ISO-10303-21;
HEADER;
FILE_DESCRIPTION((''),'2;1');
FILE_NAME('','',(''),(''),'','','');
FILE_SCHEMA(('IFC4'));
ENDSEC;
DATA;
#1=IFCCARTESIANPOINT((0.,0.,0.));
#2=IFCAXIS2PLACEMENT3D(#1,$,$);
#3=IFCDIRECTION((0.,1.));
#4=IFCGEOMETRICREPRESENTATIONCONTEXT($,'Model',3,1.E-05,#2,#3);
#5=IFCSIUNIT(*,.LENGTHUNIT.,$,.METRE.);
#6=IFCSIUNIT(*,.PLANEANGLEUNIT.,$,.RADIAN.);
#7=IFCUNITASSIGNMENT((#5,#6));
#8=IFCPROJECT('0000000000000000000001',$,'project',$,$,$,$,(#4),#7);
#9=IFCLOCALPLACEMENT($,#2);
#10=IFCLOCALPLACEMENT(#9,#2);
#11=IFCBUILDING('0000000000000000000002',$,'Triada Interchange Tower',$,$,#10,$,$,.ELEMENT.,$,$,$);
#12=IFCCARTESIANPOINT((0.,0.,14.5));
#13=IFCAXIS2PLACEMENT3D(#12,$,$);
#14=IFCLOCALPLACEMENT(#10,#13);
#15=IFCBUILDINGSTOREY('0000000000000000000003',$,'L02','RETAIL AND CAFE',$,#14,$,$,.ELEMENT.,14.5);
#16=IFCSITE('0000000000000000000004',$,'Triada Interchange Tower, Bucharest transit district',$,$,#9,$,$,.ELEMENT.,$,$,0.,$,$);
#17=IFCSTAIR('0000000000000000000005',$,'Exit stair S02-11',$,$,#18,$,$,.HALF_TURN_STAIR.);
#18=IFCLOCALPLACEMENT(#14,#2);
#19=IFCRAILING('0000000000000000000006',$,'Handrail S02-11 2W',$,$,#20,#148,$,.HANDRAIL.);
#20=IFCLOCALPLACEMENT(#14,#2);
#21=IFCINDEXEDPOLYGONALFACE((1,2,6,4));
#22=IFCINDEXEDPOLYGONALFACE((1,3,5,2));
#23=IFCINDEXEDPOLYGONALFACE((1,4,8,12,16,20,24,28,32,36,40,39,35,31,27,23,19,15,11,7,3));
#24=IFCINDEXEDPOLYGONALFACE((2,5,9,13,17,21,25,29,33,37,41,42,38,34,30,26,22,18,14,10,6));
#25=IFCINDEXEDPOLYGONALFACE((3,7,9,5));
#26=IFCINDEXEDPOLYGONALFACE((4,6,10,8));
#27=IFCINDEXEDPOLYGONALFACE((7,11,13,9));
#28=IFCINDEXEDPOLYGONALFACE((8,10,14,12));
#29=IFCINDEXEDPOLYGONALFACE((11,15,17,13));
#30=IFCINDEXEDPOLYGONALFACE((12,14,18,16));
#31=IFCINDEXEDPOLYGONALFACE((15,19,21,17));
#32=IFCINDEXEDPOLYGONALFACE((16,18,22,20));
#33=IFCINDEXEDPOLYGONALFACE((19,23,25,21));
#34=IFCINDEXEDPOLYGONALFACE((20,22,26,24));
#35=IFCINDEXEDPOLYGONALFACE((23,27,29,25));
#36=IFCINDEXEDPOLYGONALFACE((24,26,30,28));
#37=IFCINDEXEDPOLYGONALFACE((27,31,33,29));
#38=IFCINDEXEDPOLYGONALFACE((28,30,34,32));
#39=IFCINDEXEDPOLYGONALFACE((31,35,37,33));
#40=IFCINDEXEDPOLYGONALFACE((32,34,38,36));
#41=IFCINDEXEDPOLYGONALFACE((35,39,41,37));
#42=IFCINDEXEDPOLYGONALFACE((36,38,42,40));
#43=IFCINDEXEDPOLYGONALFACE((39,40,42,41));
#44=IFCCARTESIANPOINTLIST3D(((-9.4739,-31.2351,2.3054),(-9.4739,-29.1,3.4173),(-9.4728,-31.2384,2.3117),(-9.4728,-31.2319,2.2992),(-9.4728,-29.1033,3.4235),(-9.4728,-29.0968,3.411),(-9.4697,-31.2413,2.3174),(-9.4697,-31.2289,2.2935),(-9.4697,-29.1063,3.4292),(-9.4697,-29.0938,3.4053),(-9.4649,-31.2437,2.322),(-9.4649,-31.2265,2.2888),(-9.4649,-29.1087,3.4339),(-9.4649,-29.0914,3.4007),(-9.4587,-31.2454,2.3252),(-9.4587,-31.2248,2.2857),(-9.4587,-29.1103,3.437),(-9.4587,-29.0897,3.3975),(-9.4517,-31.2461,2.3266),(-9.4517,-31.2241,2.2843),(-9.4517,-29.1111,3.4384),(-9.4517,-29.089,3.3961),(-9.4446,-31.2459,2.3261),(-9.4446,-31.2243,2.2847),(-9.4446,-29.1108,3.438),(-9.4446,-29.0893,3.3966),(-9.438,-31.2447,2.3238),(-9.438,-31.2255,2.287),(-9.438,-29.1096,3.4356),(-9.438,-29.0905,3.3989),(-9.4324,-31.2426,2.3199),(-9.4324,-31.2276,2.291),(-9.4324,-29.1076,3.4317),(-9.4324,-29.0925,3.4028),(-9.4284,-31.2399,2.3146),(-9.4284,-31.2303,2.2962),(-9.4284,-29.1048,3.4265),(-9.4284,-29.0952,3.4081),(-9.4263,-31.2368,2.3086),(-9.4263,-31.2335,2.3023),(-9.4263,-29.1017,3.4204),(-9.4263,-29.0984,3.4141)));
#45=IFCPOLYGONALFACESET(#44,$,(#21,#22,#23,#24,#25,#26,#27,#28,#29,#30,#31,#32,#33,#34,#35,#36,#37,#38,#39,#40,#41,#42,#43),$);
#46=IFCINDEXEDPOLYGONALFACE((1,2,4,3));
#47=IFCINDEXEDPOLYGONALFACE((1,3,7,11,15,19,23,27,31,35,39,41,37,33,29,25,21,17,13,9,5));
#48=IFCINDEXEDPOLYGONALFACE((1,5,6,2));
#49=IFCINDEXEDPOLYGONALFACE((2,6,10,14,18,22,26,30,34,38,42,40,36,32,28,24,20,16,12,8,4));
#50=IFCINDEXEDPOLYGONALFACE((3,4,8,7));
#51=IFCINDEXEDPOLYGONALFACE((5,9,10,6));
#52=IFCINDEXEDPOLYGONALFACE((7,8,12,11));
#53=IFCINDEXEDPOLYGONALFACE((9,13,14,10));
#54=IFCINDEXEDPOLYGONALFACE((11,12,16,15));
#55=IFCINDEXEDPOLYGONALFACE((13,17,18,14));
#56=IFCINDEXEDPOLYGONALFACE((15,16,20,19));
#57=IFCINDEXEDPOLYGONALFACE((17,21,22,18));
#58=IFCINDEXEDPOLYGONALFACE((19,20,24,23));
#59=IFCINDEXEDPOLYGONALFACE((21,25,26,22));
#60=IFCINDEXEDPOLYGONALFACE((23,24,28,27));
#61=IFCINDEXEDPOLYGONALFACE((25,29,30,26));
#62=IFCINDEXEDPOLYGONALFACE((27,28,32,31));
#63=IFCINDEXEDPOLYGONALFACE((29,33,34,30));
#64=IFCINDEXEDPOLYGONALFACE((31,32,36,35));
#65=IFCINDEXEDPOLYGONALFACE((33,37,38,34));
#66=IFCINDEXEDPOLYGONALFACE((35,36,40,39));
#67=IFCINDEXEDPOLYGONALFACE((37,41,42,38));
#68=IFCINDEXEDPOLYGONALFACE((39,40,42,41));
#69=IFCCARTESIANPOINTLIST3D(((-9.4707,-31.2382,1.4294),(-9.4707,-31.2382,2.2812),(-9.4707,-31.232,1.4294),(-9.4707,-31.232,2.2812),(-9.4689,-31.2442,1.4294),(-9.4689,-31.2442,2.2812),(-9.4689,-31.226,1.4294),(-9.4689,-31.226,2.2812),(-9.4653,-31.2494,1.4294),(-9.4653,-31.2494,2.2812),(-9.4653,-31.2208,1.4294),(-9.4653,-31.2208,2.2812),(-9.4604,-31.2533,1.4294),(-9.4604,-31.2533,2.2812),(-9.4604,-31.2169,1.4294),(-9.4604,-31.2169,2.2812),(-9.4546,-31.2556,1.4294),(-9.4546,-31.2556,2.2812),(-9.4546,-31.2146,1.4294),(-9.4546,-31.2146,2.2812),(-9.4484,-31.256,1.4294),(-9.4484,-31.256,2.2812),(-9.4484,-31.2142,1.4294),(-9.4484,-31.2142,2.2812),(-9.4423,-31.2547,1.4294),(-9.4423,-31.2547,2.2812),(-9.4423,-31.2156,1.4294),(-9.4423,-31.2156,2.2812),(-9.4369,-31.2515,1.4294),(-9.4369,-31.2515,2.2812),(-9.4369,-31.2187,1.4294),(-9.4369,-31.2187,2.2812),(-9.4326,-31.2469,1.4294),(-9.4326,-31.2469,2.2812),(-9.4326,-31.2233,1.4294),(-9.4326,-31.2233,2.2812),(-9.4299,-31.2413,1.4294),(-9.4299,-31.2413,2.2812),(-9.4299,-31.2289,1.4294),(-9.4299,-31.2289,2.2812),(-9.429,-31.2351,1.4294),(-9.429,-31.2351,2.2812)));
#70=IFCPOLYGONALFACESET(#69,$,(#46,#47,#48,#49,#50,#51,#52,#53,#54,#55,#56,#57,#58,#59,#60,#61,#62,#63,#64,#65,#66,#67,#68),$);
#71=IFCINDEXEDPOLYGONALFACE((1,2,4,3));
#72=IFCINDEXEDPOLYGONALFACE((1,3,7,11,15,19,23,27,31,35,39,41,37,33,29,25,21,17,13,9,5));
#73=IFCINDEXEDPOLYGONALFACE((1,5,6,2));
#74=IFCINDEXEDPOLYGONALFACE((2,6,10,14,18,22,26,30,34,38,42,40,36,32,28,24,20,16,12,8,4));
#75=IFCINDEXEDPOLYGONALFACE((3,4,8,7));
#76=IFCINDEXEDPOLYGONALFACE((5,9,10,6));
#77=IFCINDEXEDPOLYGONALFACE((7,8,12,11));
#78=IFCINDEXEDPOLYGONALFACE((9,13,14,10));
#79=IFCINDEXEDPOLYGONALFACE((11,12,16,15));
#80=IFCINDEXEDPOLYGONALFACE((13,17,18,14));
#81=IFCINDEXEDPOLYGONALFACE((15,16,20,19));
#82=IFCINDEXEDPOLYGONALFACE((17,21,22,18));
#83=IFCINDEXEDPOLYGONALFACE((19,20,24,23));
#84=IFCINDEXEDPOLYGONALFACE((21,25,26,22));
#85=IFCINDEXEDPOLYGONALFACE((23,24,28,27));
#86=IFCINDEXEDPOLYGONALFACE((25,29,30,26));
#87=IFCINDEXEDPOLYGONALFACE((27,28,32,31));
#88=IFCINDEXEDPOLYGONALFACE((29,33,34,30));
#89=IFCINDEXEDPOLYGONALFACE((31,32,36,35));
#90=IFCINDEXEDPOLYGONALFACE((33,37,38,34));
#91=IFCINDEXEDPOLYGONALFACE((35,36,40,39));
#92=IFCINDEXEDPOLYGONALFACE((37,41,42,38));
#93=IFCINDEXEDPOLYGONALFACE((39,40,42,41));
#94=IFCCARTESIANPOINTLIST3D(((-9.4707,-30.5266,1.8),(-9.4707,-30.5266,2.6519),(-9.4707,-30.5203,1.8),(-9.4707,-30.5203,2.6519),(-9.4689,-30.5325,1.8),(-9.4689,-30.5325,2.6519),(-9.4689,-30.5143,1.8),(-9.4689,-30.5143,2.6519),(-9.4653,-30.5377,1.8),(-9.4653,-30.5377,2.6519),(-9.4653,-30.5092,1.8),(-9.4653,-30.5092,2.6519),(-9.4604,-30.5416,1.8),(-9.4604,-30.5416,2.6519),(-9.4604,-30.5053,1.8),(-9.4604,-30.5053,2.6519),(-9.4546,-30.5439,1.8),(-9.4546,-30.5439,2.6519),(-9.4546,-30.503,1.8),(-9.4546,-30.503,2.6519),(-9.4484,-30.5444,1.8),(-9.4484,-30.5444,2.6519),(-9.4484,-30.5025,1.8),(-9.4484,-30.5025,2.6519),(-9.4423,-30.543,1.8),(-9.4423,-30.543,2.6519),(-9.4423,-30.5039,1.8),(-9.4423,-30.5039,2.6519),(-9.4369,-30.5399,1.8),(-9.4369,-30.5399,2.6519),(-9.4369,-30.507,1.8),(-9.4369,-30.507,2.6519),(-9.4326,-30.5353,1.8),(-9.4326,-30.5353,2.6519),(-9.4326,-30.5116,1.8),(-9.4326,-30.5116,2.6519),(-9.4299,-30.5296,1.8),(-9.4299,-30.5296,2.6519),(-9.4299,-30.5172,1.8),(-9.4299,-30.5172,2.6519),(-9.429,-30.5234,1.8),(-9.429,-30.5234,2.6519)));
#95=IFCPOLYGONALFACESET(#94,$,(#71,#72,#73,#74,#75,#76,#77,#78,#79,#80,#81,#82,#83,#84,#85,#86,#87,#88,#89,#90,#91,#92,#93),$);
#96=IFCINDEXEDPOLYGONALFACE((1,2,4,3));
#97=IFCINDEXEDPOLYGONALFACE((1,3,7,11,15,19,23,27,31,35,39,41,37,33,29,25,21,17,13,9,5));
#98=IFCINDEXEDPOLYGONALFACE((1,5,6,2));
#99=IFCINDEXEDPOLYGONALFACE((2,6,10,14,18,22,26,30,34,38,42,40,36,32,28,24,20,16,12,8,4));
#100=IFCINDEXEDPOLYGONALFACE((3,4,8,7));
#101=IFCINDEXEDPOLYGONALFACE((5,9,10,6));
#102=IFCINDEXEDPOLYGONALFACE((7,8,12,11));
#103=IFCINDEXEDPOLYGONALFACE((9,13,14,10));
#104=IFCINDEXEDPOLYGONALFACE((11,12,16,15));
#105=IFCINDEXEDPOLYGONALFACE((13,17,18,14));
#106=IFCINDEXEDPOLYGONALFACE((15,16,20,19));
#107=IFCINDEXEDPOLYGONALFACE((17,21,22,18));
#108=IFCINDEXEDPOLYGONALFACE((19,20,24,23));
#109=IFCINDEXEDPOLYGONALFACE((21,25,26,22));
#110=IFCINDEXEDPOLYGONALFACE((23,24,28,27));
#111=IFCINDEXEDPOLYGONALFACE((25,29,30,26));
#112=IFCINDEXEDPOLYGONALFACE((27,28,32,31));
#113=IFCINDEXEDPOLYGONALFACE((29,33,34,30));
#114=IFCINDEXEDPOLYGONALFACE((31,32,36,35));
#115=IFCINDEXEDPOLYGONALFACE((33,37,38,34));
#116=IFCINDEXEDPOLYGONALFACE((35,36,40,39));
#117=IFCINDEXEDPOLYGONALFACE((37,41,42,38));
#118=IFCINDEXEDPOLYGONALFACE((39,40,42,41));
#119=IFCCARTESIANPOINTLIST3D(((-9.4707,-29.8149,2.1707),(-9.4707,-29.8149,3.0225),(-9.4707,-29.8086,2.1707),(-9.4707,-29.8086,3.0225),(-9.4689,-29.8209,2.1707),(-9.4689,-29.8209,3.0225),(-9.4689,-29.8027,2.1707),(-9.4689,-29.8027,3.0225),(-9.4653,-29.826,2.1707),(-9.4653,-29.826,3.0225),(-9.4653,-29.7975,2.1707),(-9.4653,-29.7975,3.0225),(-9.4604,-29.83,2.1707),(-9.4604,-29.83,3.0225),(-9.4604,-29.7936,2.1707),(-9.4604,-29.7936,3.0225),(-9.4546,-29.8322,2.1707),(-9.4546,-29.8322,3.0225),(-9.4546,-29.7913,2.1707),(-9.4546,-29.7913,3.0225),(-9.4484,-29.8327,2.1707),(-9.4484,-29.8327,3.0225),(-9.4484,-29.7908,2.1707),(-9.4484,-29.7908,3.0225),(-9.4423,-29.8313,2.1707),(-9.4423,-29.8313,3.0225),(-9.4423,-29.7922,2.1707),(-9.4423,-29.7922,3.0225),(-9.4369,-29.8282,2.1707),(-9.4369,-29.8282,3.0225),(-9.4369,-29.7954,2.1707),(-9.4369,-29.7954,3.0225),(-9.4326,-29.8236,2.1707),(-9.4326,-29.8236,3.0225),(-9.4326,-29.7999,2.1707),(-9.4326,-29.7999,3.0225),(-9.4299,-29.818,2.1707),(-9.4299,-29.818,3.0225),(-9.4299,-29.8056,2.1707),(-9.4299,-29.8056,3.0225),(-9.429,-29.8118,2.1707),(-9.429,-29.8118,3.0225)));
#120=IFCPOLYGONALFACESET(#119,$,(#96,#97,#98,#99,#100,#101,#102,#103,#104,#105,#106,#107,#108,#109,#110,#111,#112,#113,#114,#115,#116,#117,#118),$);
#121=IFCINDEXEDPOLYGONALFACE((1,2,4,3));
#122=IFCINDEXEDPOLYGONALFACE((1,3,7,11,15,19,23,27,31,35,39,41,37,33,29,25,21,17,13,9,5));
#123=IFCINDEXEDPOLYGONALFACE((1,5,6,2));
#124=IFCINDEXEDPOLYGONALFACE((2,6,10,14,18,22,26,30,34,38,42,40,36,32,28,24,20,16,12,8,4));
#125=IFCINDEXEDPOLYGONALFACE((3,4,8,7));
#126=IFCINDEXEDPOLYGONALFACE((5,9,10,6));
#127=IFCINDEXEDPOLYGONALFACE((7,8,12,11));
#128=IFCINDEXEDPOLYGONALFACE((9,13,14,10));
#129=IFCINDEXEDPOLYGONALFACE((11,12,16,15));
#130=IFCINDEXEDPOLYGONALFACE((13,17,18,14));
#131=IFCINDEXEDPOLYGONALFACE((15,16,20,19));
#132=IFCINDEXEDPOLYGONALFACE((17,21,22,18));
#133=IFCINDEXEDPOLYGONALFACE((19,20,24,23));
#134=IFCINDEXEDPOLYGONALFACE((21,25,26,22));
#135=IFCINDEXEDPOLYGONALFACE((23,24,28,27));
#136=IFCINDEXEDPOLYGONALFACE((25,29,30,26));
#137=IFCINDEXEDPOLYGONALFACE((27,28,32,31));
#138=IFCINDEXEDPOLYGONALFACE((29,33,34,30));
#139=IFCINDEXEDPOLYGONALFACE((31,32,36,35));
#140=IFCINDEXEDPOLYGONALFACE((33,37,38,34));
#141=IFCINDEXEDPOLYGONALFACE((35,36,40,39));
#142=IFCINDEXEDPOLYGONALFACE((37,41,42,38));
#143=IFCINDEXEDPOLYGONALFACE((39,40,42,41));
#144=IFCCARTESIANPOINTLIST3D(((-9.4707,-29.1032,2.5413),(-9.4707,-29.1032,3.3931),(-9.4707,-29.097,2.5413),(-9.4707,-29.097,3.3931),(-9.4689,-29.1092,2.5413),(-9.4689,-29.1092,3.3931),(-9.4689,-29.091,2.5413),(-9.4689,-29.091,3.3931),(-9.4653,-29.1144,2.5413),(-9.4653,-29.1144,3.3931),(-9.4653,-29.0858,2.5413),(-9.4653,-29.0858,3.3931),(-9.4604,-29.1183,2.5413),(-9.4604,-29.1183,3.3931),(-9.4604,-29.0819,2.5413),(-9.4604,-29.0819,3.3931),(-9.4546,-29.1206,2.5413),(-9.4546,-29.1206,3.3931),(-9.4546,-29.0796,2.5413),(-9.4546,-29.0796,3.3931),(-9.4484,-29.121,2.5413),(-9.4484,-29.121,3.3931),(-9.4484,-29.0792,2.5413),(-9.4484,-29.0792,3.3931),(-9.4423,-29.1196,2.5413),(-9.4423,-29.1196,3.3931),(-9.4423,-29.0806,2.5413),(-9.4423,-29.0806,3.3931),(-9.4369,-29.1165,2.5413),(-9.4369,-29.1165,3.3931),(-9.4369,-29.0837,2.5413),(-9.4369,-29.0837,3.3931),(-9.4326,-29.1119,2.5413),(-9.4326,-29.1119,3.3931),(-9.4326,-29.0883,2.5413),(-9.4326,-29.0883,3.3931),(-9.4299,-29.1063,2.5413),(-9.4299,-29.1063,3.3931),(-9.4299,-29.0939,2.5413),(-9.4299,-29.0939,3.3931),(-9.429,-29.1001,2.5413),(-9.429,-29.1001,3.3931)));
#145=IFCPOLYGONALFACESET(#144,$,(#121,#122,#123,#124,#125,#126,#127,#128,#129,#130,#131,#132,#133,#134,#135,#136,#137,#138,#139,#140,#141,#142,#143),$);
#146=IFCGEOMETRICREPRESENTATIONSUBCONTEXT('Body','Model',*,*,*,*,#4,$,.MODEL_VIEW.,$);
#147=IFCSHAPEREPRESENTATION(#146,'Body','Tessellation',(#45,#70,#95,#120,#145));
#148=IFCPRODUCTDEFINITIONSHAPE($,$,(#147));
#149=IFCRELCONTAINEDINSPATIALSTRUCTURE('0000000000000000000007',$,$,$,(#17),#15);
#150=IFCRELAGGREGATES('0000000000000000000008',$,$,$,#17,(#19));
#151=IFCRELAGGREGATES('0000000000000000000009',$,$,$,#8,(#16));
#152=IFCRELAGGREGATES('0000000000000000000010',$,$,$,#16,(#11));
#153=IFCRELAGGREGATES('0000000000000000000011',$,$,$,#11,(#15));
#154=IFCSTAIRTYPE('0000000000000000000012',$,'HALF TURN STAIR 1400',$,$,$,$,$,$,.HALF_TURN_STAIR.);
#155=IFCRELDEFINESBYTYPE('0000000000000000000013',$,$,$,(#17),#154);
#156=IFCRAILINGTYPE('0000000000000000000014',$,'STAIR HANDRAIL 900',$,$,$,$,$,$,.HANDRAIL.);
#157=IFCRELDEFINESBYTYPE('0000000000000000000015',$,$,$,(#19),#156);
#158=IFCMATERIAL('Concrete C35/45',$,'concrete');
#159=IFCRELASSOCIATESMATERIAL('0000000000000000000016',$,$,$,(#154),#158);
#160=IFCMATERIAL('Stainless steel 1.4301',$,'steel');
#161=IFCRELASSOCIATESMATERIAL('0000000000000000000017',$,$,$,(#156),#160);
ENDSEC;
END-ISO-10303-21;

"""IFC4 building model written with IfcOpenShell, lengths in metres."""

from ifc_helpers import new_model, si_unit, direction, frame, origin, origin_2d, place, context, subcontext, project, spatial, circle, extrude, material, type_object, element, aggregate, save


model = new_model("IFC4")

# Units and contexts
model_context = context("Model", 3, precision=1e-05, world=origin(), true_north=direction((0.0, 1.0)))
body_context = subcontext(model_context, "Body", "Model", "MODEL_VIEW")
ifc_project = project(units=[si_unit("LENGTHUNIT", "METRE"), si_unit("PLANEANGLEUNIT", "RADIAN")], contexts=[model_context])

# Site, building, storey
site_placement = place(None, origin())
site = spatial("IfcSite", under=ifc_project, at=site_placement, Name="Triada Interchange Tower, Bucharest transit district", CompositionType="ELEMENT", RefElevation=0.0)
building_placement = place(site_placement, origin())
building = spatial("IfcBuilding", under=site, at=building_placement, Name="Triada Interchange Tower", CompositionType="ELEMENT")
storey_placement = place(building_placement, frame((0.0, 0.0, 14.5)))
storey = spatial("IfcBuildingStorey", under=building, at=storey_placement, Name="L02", Description="RETAIL AND CAFE", CompositionType="ELEMENT", Elevation=14.5)

# Shared definitions
ifc_material_1 = material(Name="Concrete C35/45", Category="concrete")

# Stair
stair_type = type_object("IfcStairType", Name="HALF TURN STAIR 1400", PredefinedType="HALF_TURN_STAIR", material=ifc_material_1)
stair_placement = place(storey_placement, origin())
stair = element("IfcStair", 1, at=stair_placement, inside=storey, type_object=stair_type, Name="Exit stair S02-11", PredefinedType="HALF_TURN_STAIR")

# Railing
ifc_material_2 = material(Name="Stainless steel 1.4301", Category="steel")
railing_type_1 = type_object("IfcRailingType", Name="STAIR HANDRAIL 900", PredefinedType="HANDRAIL", material=ifc_material_2)
railing_1_placement = place(storey_placement, frame((-9.45, -31.2351, 1.4294)))
railing_1 = element("IfcRailing", 2, at=railing_1_placement, type_object=railing_type_1, Name="Handrail S02-11 2W", PredefinedType="HANDRAIL", context=body_context, shape_type="SweptSolid", body=[
    extrude(circle(Radius=0.0239, at=origin_2d()), frame((0.0, 0.0, 0.876), z_axis=(0.0, 0.886943, 0.46188), x_axis=(-1.0, 0.0, 0.0)), (0.0, 0.0, 1.0), 2.4072),
    extrude(circle(Radius=0.021, at=origin_2d()), origin(), (0.0, 0.0, 1.0), 0.8518),
    extrude(circle(Radius=0.021, at=origin_2d()), frame((0.0, 0.7117, 0.3706)), (0.0, 0.0, 1.0), 0.8518),
    extrude(circle(Radius=0.021, at=origin_2d()), frame((0.0, 1.4233, 0.7412)), (0.0, 0.0, 1.0), 0.8518),
    extrude(circle(Radius=0.021, at=origin_2d()), frame((0.0, 2.135, 1.1118)), (0.0, 0.0, 1.0), 0.8518),
])
aggregate(stair, [railing_1])

save(model, "model.ifc")
